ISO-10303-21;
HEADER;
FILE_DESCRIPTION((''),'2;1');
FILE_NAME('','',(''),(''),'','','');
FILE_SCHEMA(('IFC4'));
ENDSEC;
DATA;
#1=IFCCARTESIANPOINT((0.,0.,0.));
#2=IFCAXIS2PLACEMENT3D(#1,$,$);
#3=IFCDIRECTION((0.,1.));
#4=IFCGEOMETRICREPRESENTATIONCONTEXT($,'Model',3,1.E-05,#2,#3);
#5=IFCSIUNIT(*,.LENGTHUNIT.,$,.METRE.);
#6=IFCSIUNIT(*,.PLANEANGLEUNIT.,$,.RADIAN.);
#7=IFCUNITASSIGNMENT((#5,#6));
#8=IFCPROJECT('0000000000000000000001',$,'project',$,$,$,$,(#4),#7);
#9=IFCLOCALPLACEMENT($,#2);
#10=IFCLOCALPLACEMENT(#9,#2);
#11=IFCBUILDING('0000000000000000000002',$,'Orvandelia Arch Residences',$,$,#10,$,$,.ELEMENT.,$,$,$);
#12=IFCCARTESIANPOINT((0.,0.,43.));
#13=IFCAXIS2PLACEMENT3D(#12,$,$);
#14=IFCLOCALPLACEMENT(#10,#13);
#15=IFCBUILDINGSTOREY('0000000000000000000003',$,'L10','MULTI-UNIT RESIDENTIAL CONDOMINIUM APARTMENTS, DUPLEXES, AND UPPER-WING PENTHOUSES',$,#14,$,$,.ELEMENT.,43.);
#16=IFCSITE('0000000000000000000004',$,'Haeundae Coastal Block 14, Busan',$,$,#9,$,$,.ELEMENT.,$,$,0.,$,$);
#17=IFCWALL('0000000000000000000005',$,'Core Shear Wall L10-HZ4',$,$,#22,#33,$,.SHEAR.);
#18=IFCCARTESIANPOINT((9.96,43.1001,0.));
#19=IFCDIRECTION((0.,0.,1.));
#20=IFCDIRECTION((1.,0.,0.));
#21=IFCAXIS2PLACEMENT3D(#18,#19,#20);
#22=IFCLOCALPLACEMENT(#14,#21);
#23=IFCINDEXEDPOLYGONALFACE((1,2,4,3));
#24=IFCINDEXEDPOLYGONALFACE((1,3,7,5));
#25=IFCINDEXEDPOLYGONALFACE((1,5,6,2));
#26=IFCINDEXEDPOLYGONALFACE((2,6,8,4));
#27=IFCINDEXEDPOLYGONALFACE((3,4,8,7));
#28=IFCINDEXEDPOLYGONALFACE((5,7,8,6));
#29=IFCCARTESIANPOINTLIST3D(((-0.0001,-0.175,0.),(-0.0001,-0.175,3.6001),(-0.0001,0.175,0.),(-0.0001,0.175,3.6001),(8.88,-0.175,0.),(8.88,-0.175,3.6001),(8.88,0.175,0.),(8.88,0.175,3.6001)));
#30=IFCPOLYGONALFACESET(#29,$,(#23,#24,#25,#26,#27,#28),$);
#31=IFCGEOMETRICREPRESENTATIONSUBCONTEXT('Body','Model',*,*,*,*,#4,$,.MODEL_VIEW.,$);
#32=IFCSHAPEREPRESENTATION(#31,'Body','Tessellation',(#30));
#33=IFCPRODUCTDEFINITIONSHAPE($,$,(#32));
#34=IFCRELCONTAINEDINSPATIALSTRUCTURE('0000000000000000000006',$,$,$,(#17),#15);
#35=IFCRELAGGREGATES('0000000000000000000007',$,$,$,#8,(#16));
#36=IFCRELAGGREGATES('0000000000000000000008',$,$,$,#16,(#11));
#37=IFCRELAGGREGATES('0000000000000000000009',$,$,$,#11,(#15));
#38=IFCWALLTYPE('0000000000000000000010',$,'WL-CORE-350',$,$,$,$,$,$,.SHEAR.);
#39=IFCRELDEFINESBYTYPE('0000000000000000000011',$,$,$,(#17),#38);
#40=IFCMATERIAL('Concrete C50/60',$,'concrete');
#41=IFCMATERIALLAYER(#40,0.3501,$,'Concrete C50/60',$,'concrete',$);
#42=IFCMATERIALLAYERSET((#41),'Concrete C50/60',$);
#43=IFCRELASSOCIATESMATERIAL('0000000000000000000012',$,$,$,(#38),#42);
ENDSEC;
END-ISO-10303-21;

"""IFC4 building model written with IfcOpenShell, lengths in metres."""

from ifc_helpers import new_model, si_unit, direction, frame, frame_2d, origin, place, context, subcontext, project, spatial, rectangle, extrude, material, layer, layer_set, type_object, element, save


model = new_model("IFC4")

# Units and contexts
model_context = context("Model", 3, precision=1e-05, world=origin(), true_north=direction((0.0, 1.0)))
body_context = subcontext(model_context, "Body", "Model", "MODEL_VIEW")
ifc_project = project(units=[si_unit("LENGTHUNIT", "METRE"), si_unit("PLANEANGLEUNIT", "RADIAN")], contexts=[model_context])

# Site, building, storey
site_placement = place(None, origin())
site = spatial("IfcSite", under=ifc_project, at=site_placement, Name="Haeundae Coastal Block 14, Busan", CompositionType="ELEMENT", RefElevation=0.0)
building_placement = place(site_placement, origin())
building = spatial("IfcBuilding", under=site, at=building_placement, Name="Orvandelia Arch Residences", CompositionType="ELEMENT")
storey_placement = place(building_placement, frame((0.0, 0.0, 43.0)))
storey = spatial("IfcBuildingStorey", under=building, at=storey_placement, Name="L10", Description="MULTI-UNIT RESIDENTIAL CONDOMINIUM APARTMENTS, DUPLEXES, AND UPPER-WING PENTHOUSES", CompositionType="ELEMENT", Elevation=43.0)

# Wall
ifc_material_1 = material(Name="Concrete C50/60", Category="concrete")
ifc_layer_1 = layer(ifc_material_1, 0.3501, Name="Concrete C50/60", Category="concrete")
ifc_layer_set_1 = layer_set([ifc_layer_1], Name="Concrete C50/60")
wall_type_1 = type_object("IfcWallType", Name="WL-CORE-350", PredefinedType="SHEAR", material=ifc_layer_set_1)
wall_1_placement = place(storey_placement, frame((9.96, 43.1001, 0.0), z_axis=(0.0, 0.0, 1.0), x_axis=(1.0, 0.0, 0.0)))
element("IfcWall", 1, at=wall_1_placement, inside=storey, type_object=wall_type_1, Name="Core Shear Wall L10-HZ4", PredefinedType="SHEAR", context=body_context, shape_type="SweptSolid", body=[
    extrude(rectangle(XDim=8.8801, YDim=0.3501, at=frame_2d((4.4399, 0.0))), origin(), (0.0, 0.0, 1.0), 3.6001),
])

save(model, "model.ifc")
